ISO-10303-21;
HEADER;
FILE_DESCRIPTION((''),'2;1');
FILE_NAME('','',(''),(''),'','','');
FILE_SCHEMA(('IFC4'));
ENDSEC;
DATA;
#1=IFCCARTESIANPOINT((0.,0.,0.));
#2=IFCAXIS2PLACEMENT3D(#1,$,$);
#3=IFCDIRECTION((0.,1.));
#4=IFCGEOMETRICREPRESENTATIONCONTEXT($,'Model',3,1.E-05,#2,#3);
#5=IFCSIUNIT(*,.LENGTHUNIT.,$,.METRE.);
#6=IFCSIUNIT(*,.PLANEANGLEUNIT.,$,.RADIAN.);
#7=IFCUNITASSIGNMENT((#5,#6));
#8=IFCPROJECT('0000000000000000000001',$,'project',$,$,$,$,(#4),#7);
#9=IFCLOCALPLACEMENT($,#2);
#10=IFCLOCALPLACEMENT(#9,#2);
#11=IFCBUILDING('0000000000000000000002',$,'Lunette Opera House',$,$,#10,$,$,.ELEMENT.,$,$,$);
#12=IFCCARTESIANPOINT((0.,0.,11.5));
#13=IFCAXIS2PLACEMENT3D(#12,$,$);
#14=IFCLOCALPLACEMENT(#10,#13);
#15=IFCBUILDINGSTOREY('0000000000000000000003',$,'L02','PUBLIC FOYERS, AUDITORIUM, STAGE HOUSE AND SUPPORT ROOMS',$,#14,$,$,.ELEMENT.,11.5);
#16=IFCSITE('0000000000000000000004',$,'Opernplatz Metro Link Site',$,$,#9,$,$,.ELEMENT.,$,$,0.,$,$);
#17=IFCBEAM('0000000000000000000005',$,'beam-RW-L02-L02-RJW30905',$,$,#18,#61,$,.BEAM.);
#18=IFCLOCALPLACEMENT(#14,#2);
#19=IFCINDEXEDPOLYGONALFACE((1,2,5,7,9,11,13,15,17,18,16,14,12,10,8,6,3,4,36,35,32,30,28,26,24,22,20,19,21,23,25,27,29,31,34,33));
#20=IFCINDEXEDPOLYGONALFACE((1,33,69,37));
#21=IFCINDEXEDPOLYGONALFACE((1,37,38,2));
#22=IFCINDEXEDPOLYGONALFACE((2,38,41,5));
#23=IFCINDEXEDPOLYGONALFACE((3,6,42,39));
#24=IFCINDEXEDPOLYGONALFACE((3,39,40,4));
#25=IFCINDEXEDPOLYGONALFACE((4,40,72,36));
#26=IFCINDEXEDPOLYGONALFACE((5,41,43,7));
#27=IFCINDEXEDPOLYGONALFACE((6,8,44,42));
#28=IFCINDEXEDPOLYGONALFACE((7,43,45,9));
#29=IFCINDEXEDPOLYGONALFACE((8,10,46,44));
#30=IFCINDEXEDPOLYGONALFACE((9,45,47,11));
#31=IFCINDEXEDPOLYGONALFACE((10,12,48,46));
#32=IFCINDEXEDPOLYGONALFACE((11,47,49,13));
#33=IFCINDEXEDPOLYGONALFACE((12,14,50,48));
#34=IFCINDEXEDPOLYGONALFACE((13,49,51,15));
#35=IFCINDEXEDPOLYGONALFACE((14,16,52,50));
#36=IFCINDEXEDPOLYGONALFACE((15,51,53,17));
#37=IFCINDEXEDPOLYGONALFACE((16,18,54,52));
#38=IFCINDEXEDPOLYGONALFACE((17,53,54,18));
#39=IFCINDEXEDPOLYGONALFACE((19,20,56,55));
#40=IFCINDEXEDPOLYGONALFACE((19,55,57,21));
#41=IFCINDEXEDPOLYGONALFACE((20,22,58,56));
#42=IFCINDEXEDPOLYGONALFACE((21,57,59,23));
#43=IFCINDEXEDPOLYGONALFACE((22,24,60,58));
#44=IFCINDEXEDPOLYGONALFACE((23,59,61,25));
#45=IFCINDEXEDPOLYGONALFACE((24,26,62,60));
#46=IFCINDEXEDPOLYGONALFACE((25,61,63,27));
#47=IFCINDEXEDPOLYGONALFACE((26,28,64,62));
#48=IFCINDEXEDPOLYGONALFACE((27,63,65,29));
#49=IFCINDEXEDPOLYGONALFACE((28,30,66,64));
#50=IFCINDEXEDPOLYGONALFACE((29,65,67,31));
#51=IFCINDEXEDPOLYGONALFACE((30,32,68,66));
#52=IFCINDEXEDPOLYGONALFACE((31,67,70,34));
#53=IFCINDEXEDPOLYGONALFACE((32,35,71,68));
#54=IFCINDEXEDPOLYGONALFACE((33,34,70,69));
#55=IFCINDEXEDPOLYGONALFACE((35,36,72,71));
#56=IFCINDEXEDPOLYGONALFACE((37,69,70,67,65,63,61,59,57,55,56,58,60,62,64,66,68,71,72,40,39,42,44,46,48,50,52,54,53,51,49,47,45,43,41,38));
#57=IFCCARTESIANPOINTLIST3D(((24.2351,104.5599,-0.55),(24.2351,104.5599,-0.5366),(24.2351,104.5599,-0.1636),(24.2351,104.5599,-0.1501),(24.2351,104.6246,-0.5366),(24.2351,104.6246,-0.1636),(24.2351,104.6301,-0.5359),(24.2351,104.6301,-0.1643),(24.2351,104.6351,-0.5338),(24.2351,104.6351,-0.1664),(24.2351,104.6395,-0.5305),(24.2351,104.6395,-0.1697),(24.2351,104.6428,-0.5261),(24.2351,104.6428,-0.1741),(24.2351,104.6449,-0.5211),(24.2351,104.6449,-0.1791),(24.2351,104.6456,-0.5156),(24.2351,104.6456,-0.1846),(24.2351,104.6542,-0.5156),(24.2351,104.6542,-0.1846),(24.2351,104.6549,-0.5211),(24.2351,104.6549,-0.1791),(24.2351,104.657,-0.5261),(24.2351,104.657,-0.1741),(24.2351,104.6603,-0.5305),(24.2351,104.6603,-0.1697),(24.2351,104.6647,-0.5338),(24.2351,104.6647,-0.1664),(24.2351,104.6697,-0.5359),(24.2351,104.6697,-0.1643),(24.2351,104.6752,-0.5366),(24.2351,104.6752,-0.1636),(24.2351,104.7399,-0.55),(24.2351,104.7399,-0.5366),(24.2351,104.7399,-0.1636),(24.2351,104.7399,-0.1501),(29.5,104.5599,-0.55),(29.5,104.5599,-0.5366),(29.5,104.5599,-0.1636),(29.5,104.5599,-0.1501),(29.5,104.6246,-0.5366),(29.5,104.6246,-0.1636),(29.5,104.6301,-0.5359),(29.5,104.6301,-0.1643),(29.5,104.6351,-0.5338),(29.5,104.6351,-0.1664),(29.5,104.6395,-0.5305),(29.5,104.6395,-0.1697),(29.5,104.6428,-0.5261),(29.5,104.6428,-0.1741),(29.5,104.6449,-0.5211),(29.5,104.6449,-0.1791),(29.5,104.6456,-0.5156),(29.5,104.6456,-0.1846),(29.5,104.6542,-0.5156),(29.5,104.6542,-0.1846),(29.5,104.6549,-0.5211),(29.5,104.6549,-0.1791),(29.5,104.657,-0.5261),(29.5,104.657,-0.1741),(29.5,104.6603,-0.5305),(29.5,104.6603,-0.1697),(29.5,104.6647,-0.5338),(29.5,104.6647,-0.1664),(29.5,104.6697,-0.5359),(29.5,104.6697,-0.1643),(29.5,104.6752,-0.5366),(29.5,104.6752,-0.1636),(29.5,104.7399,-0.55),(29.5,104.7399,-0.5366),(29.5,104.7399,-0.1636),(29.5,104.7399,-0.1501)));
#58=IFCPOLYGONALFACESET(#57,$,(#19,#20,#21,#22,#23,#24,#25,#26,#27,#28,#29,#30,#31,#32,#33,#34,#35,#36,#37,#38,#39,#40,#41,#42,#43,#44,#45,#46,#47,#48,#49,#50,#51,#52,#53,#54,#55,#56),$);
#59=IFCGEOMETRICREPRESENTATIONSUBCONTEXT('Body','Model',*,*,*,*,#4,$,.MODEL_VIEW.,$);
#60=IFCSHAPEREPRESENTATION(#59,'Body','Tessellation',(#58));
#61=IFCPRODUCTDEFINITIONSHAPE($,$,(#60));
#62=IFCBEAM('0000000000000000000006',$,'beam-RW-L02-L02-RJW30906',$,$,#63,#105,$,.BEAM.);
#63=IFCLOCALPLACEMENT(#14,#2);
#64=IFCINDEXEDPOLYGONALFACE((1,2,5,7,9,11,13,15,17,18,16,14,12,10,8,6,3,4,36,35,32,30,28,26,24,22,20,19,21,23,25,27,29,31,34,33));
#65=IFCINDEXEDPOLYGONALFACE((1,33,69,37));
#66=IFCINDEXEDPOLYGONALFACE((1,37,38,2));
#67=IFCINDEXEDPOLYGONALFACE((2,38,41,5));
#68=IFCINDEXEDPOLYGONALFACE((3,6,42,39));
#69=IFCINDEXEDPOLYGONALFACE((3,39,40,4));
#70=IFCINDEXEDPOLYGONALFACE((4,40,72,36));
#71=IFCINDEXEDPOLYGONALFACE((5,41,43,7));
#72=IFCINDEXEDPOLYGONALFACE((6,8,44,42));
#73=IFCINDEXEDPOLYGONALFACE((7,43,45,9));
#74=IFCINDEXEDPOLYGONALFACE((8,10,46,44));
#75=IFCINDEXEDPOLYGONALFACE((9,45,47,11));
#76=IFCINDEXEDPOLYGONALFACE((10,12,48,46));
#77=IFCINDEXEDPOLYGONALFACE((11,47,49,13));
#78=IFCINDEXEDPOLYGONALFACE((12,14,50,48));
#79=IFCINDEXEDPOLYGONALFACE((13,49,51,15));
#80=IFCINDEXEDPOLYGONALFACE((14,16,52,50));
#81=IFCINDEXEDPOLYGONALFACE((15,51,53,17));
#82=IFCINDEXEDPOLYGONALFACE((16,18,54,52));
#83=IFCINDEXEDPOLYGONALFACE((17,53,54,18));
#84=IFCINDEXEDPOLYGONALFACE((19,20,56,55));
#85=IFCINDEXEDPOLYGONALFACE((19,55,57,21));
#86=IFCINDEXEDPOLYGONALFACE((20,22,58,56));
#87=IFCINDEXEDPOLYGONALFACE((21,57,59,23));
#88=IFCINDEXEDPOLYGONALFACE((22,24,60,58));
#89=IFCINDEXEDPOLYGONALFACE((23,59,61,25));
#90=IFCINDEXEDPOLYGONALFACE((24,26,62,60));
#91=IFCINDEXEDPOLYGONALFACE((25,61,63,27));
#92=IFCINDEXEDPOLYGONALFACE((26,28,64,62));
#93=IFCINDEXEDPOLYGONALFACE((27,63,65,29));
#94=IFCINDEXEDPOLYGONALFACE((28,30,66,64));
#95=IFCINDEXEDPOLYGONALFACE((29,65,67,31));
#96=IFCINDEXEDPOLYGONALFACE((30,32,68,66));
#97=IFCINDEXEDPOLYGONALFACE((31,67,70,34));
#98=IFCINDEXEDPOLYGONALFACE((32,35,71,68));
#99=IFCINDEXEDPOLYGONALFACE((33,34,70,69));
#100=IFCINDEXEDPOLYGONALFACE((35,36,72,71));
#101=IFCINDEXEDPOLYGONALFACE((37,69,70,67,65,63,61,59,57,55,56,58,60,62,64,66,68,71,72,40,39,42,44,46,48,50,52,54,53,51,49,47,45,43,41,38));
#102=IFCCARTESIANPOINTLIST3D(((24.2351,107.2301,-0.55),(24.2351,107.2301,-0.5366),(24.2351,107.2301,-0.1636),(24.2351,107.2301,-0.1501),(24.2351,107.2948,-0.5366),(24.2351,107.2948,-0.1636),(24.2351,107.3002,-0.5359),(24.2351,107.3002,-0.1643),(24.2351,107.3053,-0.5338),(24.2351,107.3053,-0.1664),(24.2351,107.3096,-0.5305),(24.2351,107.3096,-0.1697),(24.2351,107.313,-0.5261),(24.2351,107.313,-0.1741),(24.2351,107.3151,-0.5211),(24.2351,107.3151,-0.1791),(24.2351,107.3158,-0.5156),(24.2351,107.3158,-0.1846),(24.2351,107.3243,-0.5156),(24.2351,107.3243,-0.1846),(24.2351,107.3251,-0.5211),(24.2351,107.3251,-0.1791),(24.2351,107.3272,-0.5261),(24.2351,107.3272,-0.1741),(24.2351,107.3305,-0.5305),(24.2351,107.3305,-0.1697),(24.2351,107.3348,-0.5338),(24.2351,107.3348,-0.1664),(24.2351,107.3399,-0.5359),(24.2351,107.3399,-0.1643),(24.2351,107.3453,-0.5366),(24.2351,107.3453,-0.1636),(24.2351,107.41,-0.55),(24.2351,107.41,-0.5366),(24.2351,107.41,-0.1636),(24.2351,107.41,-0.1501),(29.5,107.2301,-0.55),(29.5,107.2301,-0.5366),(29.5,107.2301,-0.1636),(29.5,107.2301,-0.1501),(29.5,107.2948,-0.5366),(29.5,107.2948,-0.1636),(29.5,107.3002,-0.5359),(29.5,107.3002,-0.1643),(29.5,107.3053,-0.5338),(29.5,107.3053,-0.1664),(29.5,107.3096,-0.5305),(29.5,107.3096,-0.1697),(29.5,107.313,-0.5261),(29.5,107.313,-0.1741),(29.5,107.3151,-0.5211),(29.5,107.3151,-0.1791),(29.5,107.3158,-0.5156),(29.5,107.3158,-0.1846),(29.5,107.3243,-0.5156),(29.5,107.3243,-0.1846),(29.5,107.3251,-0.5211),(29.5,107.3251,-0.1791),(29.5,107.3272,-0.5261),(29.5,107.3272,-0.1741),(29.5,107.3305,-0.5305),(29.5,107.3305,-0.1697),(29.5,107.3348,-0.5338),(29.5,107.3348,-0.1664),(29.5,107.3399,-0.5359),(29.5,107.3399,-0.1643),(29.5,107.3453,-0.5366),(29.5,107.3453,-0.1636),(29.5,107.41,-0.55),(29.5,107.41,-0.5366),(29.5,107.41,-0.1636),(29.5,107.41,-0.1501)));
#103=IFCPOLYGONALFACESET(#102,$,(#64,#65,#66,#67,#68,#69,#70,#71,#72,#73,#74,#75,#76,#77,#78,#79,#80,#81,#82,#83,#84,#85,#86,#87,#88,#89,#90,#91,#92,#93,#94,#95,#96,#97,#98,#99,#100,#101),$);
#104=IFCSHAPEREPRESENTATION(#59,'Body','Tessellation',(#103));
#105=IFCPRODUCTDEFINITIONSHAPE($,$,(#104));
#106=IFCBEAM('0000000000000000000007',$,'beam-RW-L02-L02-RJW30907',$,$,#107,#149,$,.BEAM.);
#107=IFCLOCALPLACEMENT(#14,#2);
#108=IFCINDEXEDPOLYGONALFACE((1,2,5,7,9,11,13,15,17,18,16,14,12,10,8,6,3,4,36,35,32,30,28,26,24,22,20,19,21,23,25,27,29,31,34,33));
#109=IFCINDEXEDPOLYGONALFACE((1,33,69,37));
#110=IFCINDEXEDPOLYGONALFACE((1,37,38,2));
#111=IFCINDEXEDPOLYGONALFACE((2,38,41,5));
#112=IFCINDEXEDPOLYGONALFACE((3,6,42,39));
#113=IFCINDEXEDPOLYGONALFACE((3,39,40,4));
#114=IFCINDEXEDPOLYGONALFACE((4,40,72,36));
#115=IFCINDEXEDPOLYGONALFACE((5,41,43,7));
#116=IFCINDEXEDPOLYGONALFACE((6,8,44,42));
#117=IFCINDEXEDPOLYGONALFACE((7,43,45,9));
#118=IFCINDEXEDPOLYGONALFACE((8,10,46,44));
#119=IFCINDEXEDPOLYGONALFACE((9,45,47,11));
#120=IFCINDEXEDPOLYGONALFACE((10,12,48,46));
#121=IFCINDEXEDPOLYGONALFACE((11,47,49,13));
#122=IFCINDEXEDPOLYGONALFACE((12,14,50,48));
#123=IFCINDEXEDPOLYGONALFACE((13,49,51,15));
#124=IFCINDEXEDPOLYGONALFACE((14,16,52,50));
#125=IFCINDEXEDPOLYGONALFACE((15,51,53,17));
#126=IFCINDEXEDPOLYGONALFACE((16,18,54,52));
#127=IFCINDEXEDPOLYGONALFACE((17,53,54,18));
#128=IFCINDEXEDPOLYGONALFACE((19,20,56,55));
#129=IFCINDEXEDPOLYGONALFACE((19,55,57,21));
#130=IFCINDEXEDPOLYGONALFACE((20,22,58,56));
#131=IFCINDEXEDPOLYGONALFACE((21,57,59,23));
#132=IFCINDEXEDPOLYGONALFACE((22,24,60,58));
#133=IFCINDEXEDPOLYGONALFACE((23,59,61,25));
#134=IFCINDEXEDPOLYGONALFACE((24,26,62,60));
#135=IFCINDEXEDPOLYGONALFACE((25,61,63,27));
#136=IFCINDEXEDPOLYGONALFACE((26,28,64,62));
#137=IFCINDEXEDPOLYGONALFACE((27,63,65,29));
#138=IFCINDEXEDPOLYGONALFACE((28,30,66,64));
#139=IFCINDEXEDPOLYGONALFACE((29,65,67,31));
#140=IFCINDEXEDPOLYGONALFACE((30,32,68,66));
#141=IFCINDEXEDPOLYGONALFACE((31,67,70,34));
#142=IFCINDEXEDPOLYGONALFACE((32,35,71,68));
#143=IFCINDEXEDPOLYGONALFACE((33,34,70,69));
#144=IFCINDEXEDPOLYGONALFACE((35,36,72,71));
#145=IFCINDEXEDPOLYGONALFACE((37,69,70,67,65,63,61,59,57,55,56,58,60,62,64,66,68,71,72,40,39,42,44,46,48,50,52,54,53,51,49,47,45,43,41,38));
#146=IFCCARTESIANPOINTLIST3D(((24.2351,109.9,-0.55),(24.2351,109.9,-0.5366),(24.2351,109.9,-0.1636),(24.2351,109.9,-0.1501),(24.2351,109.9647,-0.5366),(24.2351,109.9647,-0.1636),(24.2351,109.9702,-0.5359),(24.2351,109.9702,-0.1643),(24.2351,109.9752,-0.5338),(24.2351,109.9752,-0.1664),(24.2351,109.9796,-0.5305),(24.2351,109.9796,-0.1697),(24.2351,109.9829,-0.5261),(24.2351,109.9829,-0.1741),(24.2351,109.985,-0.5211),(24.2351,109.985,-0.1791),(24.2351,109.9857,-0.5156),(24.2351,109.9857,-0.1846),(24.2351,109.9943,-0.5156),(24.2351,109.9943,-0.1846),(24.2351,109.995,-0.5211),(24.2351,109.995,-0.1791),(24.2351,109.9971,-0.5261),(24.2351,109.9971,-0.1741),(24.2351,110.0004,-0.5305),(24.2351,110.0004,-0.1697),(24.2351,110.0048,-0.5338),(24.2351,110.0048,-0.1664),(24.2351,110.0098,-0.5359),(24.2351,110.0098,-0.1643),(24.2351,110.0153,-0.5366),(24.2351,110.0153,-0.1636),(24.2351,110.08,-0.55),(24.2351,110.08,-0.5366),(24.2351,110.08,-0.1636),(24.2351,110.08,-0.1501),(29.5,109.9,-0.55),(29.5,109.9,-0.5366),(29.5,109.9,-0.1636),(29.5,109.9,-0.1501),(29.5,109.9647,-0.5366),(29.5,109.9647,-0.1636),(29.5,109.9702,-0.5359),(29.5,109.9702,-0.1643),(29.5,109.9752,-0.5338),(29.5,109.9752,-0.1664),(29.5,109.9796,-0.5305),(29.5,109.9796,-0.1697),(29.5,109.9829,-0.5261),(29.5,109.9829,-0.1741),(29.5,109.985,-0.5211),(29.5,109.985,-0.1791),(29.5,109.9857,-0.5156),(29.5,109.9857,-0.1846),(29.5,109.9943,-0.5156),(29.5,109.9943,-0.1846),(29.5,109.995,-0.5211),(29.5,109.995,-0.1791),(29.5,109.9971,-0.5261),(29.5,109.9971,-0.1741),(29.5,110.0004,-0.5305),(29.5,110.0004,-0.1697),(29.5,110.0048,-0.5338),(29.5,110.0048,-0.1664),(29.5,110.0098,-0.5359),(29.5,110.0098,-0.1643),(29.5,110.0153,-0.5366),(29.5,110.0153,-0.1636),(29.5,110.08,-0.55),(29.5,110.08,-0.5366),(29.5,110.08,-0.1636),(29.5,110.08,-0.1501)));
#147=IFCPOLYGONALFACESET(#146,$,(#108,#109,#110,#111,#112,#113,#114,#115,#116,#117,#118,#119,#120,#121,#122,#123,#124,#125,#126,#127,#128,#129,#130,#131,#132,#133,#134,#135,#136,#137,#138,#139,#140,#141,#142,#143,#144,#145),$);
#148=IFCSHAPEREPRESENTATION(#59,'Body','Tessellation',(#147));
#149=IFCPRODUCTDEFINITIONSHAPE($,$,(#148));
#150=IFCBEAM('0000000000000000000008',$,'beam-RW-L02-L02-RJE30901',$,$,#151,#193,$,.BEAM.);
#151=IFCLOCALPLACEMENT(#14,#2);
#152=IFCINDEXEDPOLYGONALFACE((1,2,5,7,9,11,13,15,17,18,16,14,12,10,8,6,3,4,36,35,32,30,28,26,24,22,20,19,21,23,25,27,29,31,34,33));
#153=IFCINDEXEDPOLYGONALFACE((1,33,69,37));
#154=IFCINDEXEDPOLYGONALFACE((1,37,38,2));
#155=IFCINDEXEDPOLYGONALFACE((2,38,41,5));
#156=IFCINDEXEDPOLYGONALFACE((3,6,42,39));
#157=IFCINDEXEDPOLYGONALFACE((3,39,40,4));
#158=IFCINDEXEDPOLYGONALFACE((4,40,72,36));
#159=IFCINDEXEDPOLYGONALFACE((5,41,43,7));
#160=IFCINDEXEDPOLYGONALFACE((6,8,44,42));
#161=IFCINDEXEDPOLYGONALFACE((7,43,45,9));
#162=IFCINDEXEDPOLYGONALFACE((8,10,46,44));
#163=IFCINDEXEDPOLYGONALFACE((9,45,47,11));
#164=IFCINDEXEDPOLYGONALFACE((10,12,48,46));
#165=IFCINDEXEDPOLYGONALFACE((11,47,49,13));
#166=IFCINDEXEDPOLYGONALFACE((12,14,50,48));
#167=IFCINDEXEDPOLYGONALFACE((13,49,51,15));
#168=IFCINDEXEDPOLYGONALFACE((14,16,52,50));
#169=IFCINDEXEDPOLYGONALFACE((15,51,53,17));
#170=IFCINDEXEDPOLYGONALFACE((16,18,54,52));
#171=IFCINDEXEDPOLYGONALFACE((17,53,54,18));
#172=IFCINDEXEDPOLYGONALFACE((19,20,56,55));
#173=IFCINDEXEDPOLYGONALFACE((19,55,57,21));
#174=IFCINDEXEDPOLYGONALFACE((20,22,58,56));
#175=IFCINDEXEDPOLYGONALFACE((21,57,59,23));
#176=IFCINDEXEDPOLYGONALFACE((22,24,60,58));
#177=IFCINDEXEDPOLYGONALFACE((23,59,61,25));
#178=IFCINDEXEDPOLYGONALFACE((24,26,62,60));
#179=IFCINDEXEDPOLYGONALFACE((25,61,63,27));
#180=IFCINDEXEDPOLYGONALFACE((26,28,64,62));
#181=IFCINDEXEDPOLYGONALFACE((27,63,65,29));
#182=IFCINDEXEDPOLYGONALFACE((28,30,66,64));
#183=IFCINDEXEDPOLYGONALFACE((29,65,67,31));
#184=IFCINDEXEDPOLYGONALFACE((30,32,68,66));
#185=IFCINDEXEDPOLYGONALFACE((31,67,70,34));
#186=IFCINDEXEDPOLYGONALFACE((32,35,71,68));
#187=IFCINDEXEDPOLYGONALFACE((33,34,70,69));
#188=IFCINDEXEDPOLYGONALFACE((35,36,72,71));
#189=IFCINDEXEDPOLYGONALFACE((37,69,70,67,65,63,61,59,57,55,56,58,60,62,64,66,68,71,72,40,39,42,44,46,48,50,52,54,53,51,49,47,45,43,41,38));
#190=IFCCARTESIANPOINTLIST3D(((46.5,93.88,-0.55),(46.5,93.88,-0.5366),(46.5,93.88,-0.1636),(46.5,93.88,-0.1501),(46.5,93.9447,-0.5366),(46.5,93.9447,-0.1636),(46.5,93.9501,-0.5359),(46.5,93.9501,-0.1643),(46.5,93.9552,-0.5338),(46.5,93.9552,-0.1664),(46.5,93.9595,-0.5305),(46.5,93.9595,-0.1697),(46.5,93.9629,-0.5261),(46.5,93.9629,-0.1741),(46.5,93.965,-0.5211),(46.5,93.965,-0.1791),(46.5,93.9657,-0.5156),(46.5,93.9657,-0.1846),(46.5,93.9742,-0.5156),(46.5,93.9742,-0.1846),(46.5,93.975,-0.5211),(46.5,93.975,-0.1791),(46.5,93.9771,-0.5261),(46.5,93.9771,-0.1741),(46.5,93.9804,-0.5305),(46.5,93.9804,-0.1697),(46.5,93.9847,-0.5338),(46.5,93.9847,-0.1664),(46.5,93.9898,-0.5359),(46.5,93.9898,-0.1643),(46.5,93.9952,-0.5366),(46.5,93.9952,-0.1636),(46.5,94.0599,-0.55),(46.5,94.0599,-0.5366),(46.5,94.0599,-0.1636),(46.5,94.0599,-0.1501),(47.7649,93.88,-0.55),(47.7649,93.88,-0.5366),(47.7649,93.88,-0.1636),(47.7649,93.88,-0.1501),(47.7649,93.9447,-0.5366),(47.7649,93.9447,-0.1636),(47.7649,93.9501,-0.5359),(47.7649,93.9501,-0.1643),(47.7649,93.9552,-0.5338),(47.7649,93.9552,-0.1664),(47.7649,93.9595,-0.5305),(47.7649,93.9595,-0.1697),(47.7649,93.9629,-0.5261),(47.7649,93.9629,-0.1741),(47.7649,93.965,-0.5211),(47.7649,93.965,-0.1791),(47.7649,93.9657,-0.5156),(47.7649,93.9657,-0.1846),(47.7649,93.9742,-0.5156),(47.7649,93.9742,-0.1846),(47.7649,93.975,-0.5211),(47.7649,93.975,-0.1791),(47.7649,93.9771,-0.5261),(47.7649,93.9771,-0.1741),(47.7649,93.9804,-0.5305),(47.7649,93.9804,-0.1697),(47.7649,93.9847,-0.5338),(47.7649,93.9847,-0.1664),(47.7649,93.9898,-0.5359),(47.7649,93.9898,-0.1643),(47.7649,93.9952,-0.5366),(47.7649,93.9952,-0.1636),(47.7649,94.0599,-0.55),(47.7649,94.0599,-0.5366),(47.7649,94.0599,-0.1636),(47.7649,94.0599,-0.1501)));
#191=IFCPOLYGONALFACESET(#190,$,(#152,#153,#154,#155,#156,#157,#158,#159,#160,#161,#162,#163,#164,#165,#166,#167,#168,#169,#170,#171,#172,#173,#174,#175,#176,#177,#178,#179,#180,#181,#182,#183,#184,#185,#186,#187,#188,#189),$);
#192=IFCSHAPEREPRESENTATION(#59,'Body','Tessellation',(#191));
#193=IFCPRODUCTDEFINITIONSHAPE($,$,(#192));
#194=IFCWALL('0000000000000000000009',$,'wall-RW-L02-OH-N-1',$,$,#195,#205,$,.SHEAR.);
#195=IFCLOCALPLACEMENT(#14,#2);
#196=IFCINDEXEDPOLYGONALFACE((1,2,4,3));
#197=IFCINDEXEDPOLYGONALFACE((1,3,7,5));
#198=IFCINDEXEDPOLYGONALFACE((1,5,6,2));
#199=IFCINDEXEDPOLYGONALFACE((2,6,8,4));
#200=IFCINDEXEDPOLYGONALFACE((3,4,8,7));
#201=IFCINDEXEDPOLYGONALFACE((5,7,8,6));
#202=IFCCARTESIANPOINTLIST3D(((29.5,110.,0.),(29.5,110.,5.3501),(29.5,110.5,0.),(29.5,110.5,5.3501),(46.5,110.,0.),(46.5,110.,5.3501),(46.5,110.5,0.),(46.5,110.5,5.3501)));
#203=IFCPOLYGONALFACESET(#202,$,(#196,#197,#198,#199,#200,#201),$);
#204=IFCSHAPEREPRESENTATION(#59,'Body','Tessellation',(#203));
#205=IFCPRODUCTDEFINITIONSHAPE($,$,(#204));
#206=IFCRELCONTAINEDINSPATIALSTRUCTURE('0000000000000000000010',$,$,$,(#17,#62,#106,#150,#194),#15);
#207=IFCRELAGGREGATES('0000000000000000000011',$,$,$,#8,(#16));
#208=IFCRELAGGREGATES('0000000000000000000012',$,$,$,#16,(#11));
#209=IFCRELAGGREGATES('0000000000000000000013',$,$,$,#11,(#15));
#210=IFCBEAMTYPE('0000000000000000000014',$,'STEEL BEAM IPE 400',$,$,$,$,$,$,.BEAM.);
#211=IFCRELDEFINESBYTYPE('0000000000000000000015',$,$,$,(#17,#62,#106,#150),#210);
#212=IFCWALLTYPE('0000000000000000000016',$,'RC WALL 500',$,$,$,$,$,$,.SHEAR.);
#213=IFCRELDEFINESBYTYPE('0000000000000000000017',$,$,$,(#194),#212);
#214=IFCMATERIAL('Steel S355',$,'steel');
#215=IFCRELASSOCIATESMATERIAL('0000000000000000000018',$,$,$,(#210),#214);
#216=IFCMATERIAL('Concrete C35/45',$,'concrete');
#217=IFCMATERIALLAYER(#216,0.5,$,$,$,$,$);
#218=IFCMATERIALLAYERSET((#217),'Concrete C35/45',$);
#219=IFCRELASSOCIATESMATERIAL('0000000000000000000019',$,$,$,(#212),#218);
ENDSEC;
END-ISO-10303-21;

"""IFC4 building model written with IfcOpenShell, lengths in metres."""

from ifc_helpers import new_model, si_unit, direction, frame, frame_2d, origin, origin_2d, place, context, subcontext, project, spatial, rectangle, i_section, extrude, material, layer, layer_set, material_profile, profile_set, type_object, element, save


model = new_model("IFC4")

# Units and contexts
model_context = context("Model", 3, precision=1e-05, world=origin(), true_north=direction((0.0, 1.0)))
body_context = subcontext(model_context, "Body", "Model", "MODEL_VIEW")
ifc_project = project(units=[si_unit("LENGTHUNIT", "METRE"), si_unit("PLANEANGLEUNIT", "RADIAN")], contexts=[model_context])

# Site, building, storey
site_placement = place(None, origin())
site = spatial("IfcSite", under=ifc_project, at=site_placement, Name="Opernplatz Metro Link Site", CompositionType="ELEMENT", RefElevation=0.0)
building_placement = place(site_placement, origin())
building = spatial("IfcBuilding", under=site, at=building_placement, Name="Lunette Opera House", CompositionType="ELEMENT")
storey_placement = place(building_placement, frame((0.0, 0.0, 11.5)))
storey = spatial("IfcBuildingStorey", under=building, at=storey_placement, Name="L02", Description="PUBLIC FOYERS, AUDITORIUM, STAGE HOUSE AND SUPPORT ROOMS", CompositionType="ELEMENT", Elevation=11.5)

# Beams
ifc_material_1 = material(Name="Steel S355", Category="steel")
ifc_material_profile_1 = material_profile(ifc_material_1, i_section(OverallWidth=0.1799, OverallDepth=0.3999, WebThickness=0.0085, FlangeThickness=0.0134, FilletRadius=0.021, at=origin_2d()), Name="IPE 400")
ifc_profile_set_1 = profile_set([ifc_material_profile_1], Name="Steel S355")
beam_type_1 = type_object("IfcBeamType", Name="STEEL BEAM IPE 400", PredefinedType="BEAM", material=ifc_profile_set_1)
for number, where, z_axis, x_axis, name in (
    (1, (29.5, 104.6499, -0.3501), (-1.0, 0.0, 0.0), (0.0, -1.0, 0.0), "beam-RW-L02-L02-RJW30905"),
    (2, (29.5, 107.3201, -0.3501), (-1.0, 0.0, 0.0), (0.0, -1.0, 0.0), "beam-RW-L02-L02-RJW30906"),
    (3, (29.5, 109.99, -0.3501), (-1.0, 0.0, 0.0), (0.0, -1.0, 0.0), "beam-RW-L02-L02-RJW30907"),
):
    element("IfcBeam", number, at=place(storey_placement, frame(where, z_axis=z_axis, x_axis=x_axis)), inside=storey, type_object=beam_type_1, Name=name, PredefinedType="BEAM", context=body_context, shape_type="SweptSolid", body=[
        extrude(i_section(OverallWidth=0.1799, OverallDepth=0.3999, WebThickness=0.0085, FlangeThickness=0.0134, FilletRadius=0.021, at=origin_2d()), origin(), (0.0, 0.0, 1.0), 5.2649),
    ])
beam_placement = place(storey_placement, frame((46.5, 93.97, -0.3501), z_axis=(1.0, 0.0, 0.0), x_axis=(0.0, 1.0, 0.0)))
element("IfcBeam", 4, at=beam_placement, inside=storey, type_object=beam_type_1, Name="beam-RW-L02-L02-RJE30901", PredefinedType="BEAM", context=body_context, shape_type="SweptSolid", body=[
    extrude(i_section(OverallWidth=0.1799, OverallDepth=0.3999, WebThickness=0.0085, FlangeThickness=0.0134, FilletRadius=0.021, at=origin_2d()), origin(), (0.0, 0.0, 1.0), 1.2649),
])

# Wall
ifc_material_2 = material(Name="Concrete C35/45", Category="concrete")
ifc_layer_1 = layer(ifc_material_2, 0.5)
ifc_layer_set_1 = layer_set([ifc_layer_1], Name="Concrete C35/45")
wall_type_1 = type_object("IfcWallType", Name="RC WALL 500", PredefinedType="SHEAR", material=ifc_layer_set_1)
wall_1_placement = place(storey_placement, frame((29.5, 110.25, 0.0), z_axis=(0.0, 0.0, 1.0), x_axis=(1.0, 0.0, 0.0)))
element("IfcWall", 5, at=wall_1_placement, inside=storey, type_object=wall_type_1, Name="wall-RW-L02-OH-N-1", PredefinedType="SHEAR", context=body_context, shape_type="SweptSolid", body=[
    extrude(rectangle(XDim=17.0, YDim=0.5, at=frame_2d((8.5, 0.0))), origin(), (0.0, 0.0, 1.0), 5.3501),
])

save(model, "model.ifc")
